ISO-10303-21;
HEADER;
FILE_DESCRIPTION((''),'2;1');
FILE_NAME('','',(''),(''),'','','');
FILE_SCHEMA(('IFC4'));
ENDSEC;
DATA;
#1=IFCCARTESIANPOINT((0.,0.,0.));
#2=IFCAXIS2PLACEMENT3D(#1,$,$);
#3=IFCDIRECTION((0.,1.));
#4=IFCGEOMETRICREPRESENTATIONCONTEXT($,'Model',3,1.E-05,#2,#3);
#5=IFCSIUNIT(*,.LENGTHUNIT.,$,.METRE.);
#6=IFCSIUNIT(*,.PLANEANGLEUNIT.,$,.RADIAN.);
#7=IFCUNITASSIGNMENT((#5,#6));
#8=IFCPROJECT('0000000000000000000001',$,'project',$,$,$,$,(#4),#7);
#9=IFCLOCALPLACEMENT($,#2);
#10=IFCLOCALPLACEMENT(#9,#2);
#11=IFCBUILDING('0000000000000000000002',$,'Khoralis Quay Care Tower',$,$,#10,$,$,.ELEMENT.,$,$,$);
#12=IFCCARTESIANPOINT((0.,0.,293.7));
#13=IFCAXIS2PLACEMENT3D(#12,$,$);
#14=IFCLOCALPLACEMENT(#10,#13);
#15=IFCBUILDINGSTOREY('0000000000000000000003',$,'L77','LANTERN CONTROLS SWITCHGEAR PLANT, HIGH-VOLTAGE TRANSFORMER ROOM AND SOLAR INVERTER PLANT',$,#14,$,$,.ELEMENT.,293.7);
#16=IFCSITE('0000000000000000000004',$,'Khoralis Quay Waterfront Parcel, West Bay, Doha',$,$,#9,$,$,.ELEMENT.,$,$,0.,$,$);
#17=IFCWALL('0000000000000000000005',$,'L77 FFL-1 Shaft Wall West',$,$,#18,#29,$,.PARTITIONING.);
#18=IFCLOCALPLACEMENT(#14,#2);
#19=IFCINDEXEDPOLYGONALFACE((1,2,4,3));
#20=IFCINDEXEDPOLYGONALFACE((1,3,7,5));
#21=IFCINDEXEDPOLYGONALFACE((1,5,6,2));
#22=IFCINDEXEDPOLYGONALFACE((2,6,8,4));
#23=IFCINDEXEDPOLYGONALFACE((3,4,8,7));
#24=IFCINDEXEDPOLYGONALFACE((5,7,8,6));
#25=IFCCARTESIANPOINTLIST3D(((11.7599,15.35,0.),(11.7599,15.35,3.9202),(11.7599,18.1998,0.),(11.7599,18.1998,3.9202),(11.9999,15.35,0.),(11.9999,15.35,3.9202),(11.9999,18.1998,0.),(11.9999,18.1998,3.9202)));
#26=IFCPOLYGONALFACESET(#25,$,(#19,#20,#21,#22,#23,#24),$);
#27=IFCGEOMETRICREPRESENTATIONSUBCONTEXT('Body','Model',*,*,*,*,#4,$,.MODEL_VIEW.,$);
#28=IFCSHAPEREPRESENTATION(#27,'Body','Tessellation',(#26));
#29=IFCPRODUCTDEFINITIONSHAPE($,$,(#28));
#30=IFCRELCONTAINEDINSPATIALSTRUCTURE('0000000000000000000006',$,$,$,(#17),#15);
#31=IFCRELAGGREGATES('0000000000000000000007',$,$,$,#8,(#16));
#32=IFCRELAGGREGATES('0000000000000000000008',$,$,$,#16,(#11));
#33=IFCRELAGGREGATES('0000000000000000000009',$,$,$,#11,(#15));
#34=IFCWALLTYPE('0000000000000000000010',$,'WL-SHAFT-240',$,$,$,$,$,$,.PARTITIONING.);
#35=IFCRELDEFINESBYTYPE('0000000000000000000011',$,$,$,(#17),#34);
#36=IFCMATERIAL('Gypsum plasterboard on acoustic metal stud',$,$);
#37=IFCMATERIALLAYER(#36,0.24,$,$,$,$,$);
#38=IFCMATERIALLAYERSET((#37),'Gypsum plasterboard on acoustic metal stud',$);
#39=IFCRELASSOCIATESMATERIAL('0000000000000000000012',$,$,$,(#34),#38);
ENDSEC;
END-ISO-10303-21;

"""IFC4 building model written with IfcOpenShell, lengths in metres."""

from ifc_helpers import new_model, si_unit, direction, frame, frame_2d, origin, place, context, subcontext, project, spatial, rectangle, extrude, material, layer, layer_set, type_object, element, save


model = new_model("IFC4")

# Units and contexts
model_context = context("Model", 3, precision=1e-05, world=origin(), true_north=direction((0.0, 1.0)))
body_context = subcontext(model_context, "Body", "Model", "MODEL_VIEW")
ifc_project = project(units=[si_unit("LENGTHUNIT", "METRE"), si_unit("PLANEANGLEUNIT", "RADIAN")], contexts=[model_context])

# Site, building, storey
site_placement = place(None, origin())
site = spatial("IfcSite", under=ifc_project, at=site_placement, Name="Khoralis Quay Waterfront Parcel, West Bay, Doha", CompositionType="ELEMENT", RefElevation=0.0)
building_placement = place(site_placement, origin())
building = spatial("IfcBuilding", under=site, at=building_placement, Name="Khoralis Quay Care Tower", CompositionType="ELEMENT")
storey_placement = place(building_placement, frame((0.0, 0.0, 293.7)))
storey = spatial("IfcBuildingStorey", under=building, at=storey_placement, Name="L77", Description="LANTERN CONTROLS SWITCHGEAR PLANT, HIGH-VOLTAGE TRANSFORMER ROOM AND SOLAR INVERTER PLANT", CompositionType="ELEMENT", Elevation=293.7)

# Shared definitions
ifc_material_1 = material(Name="Gypsum plasterboard on acoustic metal stud")

# Wall
ifc_layer_1 = layer(ifc_material_1, 0.24)
ifc_layer_set_1 = layer_set([ifc_layer_1], Name="Gypsum plasterboard on acoustic metal stud")
wall_type_1 = type_object("IfcWallType", Name="WL-SHAFT-240", PredefinedType="PARTITIONING", material=ifc_layer_set_1)
wall_1_placement = place(storey_placement, frame((11.8799, 15.3501, 0.0), z_axis=(0.0, 0.0, 1.0), x_axis=(0.0, 1.0, 0.0)))
element("IfcWall", 1, at=wall_1_placement, inside=storey, type_object=wall_type_1, Name="L77 FFL-1 Shaft Wall West", PredefinedType="PARTITIONING", context=body_context, shape_type="SweptSolid", body=[
    extrude(rectangle(XDim=2.8499, YDim=0.24, at=frame_2d((1.4248, 0.0))), origin(), (0.0, 0.0, 1.0), 3.9202),
])

save(model, "model.ifc")
